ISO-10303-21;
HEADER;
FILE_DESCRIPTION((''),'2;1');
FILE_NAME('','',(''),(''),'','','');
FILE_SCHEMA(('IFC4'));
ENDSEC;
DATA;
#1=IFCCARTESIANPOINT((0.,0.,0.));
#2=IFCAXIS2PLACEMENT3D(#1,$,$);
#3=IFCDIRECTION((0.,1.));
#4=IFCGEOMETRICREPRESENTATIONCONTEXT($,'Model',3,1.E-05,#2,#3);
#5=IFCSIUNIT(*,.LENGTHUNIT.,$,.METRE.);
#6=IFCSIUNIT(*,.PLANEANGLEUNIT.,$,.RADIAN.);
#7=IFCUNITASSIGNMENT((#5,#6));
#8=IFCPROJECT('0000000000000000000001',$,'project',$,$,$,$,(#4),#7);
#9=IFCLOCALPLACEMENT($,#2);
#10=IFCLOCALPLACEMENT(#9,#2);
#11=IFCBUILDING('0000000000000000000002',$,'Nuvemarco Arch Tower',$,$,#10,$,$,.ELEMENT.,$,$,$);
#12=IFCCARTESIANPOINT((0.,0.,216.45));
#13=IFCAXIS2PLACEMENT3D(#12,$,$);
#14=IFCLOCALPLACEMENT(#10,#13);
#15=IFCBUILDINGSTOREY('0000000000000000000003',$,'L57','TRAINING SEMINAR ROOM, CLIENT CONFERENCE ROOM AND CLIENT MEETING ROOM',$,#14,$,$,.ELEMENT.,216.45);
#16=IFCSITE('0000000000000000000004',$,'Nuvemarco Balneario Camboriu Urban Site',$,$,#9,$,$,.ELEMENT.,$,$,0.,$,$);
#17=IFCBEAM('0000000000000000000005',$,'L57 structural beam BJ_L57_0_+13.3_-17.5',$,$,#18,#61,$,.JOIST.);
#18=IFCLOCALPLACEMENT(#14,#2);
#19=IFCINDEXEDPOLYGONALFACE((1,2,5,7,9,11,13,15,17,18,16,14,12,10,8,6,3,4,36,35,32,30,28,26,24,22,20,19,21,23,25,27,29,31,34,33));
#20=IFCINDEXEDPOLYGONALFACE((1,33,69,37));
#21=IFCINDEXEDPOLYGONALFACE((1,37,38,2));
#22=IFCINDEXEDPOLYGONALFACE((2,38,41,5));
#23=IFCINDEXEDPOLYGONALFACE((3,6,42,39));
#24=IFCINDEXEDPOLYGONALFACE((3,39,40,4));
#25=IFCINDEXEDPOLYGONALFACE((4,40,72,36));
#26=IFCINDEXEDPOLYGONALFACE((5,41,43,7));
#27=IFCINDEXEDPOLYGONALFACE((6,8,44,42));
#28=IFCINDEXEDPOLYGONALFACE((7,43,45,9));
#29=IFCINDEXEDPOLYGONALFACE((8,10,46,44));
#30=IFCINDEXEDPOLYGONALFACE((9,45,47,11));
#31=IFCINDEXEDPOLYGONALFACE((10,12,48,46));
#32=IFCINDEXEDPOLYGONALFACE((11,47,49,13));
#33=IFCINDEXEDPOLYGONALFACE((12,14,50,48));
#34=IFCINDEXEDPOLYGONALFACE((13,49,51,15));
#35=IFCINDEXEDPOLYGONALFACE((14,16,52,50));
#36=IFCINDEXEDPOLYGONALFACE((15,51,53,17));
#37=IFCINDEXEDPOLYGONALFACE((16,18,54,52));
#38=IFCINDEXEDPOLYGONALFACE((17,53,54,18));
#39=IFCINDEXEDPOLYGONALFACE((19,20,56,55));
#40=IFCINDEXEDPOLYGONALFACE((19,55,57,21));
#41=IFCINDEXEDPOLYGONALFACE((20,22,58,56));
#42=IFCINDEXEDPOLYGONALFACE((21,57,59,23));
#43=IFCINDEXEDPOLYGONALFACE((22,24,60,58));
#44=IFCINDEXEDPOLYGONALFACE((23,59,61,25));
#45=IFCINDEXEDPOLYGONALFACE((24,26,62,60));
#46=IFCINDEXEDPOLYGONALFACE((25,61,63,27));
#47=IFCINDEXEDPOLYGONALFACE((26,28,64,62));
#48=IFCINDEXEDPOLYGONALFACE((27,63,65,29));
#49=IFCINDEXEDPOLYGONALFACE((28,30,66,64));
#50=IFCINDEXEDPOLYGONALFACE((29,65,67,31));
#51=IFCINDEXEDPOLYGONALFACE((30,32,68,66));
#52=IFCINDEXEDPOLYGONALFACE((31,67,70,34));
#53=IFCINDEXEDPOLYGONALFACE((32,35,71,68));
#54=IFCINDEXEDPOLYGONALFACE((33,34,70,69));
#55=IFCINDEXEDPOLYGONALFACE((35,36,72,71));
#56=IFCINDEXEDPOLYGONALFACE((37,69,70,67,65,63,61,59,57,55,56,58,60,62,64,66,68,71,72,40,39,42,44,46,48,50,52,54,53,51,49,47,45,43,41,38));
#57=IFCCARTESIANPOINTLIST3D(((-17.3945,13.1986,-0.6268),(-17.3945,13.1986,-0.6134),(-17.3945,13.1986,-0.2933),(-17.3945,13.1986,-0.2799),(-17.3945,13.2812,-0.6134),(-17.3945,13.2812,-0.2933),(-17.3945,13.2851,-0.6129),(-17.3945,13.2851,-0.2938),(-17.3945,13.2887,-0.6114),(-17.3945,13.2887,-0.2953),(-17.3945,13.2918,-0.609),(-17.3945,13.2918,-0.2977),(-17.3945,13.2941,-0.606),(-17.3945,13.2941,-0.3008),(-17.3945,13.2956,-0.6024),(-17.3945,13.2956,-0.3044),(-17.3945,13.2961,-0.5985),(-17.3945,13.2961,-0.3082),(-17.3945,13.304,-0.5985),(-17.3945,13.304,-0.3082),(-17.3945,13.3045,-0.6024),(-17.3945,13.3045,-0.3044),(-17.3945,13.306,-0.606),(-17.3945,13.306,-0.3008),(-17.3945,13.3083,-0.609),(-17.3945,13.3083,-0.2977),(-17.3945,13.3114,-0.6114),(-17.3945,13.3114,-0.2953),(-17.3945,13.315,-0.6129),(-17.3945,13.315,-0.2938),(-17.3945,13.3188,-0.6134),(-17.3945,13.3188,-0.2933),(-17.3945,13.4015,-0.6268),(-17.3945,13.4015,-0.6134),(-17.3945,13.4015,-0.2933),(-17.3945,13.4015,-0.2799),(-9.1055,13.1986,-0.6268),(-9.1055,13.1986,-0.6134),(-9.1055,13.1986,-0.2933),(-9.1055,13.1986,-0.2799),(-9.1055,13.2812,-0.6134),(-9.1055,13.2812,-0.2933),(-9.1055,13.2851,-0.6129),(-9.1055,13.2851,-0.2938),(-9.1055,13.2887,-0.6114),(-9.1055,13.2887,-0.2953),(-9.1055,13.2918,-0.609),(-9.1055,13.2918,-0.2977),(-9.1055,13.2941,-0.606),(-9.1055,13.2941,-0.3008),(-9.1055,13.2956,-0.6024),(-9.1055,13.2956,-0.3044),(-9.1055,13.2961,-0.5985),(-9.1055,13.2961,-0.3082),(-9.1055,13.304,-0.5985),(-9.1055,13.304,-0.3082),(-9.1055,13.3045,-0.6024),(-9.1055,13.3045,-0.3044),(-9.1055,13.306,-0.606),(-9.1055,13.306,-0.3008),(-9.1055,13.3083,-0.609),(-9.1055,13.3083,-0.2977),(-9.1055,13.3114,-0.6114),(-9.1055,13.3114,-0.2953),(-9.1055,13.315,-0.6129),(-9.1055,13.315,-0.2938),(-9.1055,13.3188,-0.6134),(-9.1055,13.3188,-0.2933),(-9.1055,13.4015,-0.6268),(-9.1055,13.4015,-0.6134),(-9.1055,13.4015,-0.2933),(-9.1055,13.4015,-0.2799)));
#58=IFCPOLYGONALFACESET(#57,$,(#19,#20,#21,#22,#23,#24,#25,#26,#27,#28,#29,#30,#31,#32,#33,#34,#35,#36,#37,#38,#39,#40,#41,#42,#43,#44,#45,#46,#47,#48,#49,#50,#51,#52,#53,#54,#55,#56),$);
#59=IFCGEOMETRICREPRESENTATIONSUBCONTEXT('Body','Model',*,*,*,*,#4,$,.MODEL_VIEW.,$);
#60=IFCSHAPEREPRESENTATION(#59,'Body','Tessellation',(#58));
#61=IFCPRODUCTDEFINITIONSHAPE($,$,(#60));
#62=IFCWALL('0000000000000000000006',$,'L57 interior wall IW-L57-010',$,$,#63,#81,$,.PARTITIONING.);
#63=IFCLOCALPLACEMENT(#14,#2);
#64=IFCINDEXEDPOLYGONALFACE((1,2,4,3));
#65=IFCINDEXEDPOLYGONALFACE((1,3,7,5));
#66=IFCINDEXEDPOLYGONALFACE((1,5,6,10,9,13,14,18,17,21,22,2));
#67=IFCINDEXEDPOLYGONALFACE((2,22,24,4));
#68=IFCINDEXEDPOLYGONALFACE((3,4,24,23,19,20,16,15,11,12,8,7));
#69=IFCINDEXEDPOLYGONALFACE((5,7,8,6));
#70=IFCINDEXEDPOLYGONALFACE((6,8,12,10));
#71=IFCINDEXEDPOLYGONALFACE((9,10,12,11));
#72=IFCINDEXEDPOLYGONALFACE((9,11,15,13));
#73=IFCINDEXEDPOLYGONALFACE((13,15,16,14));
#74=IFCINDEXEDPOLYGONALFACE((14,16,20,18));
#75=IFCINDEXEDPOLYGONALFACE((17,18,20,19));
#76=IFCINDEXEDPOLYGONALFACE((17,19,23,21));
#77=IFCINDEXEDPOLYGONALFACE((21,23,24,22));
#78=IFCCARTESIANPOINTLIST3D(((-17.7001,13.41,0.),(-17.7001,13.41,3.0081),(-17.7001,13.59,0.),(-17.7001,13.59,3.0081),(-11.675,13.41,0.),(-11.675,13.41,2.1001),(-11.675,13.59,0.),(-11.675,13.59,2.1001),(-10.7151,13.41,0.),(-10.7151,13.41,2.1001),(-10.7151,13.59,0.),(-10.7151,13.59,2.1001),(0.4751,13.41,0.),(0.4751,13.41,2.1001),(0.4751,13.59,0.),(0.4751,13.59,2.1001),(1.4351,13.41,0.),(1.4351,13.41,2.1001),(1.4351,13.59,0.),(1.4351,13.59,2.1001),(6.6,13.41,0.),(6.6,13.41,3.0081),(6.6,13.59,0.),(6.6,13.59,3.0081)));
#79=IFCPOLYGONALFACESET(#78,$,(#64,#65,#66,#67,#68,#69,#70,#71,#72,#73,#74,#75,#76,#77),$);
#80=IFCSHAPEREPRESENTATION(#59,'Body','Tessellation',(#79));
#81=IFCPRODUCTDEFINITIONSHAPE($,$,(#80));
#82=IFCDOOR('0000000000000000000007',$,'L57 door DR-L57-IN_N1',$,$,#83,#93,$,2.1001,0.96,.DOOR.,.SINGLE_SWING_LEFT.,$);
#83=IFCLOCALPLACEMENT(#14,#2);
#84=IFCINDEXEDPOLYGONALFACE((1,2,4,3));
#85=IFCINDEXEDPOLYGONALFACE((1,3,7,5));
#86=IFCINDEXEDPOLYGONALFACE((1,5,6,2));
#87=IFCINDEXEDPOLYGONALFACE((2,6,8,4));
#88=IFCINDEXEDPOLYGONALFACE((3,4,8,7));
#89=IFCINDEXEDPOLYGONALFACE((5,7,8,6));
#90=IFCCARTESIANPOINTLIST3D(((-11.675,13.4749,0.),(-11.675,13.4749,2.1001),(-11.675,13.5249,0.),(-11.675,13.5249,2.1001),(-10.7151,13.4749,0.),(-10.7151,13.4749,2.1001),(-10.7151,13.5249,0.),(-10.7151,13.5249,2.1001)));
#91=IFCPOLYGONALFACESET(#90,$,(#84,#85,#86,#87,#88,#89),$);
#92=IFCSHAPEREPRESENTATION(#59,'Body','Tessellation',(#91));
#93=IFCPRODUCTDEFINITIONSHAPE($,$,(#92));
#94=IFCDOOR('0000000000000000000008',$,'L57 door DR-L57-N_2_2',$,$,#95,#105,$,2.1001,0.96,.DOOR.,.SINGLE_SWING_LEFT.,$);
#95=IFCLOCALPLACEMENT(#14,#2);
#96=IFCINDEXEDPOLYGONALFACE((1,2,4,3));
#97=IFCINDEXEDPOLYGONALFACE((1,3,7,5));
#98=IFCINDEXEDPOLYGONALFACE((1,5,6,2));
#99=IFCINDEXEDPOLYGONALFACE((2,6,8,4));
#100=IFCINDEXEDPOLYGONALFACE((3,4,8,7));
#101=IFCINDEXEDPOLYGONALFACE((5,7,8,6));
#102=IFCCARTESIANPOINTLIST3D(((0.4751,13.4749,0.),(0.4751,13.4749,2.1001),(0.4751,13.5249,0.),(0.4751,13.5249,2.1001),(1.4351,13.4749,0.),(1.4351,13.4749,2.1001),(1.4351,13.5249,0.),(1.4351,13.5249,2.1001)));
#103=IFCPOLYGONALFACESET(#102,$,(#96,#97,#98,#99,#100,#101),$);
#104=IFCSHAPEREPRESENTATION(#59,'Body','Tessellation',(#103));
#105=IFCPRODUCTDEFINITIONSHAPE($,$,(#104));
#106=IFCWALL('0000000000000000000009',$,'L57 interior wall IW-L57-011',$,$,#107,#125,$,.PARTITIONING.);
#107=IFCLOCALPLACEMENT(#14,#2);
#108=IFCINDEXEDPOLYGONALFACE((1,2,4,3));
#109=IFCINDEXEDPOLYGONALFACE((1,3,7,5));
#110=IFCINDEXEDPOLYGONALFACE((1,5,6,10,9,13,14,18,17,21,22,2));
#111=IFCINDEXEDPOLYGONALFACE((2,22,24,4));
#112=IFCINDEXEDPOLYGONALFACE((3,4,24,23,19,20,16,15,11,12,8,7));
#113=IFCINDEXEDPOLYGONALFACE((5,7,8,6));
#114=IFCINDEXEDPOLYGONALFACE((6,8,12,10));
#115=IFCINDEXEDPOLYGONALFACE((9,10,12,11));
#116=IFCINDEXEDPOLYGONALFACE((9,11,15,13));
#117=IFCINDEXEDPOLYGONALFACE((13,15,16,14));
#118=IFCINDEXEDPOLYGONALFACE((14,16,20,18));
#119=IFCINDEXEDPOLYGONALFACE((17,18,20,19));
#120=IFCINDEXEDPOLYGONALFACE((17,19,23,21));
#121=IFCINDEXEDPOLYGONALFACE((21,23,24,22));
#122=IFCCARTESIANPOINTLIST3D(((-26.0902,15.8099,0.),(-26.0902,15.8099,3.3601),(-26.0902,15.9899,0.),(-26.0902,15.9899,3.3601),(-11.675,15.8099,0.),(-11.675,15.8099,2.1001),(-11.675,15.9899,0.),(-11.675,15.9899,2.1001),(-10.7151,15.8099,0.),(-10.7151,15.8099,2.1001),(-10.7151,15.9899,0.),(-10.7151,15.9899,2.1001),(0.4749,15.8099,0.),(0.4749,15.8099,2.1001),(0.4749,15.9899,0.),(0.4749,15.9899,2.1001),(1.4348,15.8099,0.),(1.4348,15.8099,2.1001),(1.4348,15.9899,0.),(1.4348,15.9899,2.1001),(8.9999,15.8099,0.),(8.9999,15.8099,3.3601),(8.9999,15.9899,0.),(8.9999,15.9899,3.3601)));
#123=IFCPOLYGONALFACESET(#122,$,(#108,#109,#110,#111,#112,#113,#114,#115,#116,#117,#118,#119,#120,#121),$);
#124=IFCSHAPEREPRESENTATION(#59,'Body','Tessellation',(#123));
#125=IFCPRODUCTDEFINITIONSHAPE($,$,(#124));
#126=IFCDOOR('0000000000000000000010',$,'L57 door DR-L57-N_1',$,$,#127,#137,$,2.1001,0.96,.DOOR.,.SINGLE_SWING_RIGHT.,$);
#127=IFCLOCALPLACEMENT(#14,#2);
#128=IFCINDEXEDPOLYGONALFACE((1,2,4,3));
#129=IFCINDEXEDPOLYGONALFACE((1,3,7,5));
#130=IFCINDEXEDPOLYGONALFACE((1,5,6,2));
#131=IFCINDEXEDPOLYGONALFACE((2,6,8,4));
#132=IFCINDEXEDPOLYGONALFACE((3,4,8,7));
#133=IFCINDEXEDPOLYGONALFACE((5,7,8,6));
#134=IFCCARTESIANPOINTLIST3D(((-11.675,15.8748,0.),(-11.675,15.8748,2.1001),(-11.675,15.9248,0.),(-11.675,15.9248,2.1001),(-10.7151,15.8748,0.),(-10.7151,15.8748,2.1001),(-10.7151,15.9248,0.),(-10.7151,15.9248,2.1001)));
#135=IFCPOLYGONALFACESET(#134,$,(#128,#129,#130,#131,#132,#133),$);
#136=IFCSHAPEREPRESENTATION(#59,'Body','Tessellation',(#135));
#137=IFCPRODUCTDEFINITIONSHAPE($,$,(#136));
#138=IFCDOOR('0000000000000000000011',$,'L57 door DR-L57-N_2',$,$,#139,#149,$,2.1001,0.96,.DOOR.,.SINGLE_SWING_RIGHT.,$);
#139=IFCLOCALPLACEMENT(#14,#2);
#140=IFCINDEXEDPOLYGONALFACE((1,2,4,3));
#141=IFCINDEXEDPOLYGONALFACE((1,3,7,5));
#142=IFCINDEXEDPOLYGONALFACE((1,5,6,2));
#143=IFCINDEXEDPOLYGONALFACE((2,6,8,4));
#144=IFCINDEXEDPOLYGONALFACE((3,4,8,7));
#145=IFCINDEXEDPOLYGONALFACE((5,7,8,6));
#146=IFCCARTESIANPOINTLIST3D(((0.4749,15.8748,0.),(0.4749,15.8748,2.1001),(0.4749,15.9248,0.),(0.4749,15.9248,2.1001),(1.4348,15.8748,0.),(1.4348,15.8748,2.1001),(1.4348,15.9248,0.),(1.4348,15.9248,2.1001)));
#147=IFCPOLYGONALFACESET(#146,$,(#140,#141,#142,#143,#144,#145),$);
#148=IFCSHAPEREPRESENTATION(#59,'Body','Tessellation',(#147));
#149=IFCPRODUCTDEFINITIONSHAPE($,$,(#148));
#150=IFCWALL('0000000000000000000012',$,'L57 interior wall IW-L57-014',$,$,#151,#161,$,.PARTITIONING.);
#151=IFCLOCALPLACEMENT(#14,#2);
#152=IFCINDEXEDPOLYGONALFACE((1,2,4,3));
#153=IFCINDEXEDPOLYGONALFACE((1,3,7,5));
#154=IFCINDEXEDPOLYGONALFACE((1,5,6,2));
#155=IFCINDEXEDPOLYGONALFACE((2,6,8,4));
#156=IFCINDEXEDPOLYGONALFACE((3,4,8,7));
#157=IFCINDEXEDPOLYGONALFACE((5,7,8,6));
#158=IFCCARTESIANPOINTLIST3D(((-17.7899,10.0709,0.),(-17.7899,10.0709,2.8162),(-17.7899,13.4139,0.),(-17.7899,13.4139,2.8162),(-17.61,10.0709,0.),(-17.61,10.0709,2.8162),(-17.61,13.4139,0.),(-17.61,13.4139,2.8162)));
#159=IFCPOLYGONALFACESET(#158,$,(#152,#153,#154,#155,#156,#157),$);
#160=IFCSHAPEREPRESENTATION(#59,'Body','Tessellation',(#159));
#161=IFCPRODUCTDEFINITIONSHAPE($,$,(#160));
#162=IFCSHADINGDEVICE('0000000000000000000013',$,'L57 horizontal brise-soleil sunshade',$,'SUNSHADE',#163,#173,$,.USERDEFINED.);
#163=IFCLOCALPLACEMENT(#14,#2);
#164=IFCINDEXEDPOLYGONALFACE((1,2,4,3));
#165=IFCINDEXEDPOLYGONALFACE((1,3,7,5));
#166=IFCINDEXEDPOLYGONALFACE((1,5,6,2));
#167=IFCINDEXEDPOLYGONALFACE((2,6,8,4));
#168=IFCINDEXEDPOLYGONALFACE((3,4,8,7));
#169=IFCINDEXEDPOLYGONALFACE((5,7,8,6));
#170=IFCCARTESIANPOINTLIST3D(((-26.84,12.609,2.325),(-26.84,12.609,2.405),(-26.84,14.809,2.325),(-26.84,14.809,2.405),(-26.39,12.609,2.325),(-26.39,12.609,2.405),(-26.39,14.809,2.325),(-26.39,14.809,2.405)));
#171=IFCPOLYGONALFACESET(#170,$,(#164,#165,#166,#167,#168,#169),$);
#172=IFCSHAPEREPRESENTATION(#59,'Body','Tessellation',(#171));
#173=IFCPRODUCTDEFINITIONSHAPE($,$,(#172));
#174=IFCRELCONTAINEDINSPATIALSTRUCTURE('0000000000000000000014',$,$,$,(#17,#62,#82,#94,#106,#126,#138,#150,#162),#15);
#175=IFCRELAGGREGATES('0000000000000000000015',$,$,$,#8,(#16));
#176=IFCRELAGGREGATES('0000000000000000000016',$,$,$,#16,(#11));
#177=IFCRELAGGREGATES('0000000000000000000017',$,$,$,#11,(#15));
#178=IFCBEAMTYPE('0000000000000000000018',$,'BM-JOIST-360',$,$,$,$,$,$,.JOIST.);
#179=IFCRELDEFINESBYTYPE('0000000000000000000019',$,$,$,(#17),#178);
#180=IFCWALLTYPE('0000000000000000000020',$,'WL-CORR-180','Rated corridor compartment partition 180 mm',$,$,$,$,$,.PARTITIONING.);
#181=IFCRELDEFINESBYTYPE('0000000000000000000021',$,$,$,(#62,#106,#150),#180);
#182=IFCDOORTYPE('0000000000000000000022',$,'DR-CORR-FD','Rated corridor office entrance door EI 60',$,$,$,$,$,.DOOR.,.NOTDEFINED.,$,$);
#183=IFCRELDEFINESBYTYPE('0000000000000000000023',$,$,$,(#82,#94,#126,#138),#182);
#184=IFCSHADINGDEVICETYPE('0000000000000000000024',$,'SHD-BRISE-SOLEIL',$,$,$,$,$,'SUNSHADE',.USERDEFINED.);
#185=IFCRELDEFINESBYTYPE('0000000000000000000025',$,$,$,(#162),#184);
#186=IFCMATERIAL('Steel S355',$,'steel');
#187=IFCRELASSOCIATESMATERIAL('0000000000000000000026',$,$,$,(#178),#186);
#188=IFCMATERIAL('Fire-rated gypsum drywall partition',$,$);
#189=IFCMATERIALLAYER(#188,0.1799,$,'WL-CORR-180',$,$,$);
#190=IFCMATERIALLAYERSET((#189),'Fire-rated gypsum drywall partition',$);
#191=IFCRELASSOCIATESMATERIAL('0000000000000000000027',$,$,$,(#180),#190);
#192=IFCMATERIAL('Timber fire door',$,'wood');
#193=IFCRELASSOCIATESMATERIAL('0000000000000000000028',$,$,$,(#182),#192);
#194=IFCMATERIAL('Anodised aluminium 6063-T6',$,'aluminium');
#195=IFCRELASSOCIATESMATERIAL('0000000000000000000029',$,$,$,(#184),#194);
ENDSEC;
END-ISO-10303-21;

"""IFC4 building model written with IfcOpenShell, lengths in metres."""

from ifc_helpers import new_model, si_unit, direction, frame, frame_2d, origin, origin_2d, place, context, subcontext, project, spatial, rectangle, i_section, extrude, source, transform, mapped, material, layer, layer_set, material_profile, profile_set, type_object, type_shapes, element, fill, save


model = new_model("IFC4")

# Units and contexts
model_context = context("Model", 3, precision=1e-05, world=origin(), true_north=direction((0.0, 1.0)))
body_context = subcontext(model_context, "Body", "Model", "MODEL_VIEW")
ifc_project = project(units=[si_unit("LENGTHUNIT", "METRE"), si_unit("PLANEANGLEUNIT", "RADIAN")], contexts=[model_context])

# Site, building, storey
site_placement = place(None, origin())
site = spatial("IfcSite", under=ifc_project, at=site_placement, Name="Nuvemarco Balneario Camboriu Urban Site", CompositionType="ELEMENT", RefElevation=0.0)
building_placement = place(site_placement, origin())
building = spatial("IfcBuilding", under=site, at=building_placement, Name="Nuvemarco Arch Tower", CompositionType="ELEMENT")
storey_placement = place(building_placement, frame((0.0, 0.0, 216.45)))
storey = spatial("IfcBuildingStorey", under=building, at=storey_placement, Name="L57", Description="TRAINING SEMINAR ROOM, CLIENT CONFERENCE ROOM AND CLIENT MEETING ROOM", CompositionType="ELEMENT", Elevation=216.45)

# Shared definitions
ifc_material_1 = material(Name="Steel S355", Category="steel")

# Beam
ifc_material_profile_1 = material_profile(ifc_material_1, i_section(OverallWidth=0.2029, OverallDepth=0.3469, WebThickness=0.0078, FlangeThickness=0.0134, FilletRadius=0.0149, at=origin_2d()), Name="W360x64")
ifc_profile_set_1 = profile_set([ifc_material_profile_1], Name="Steel S355")
beam_type_1 = type_object("IfcBeamType", Name="BM-JOIST-360", PredefinedType="JOIST", material=ifc_profile_set_1)
beam_1_placement = place(storey_placement, frame((-17.3945, 13.3, -0.4534), z_axis=(1.0, 0.0, 0.0), x_axis=(0.0, 1.0, 0.0)))
element("IfcBeam", 1, at=beam_1_placement, inside=storey, type_object=beam_type_1, Name="L57 structural beam BJ_L57_0_+13.3_-17.5", PredefinedType="JOIST", context=body_context, shape_type="SweptSolid", body=[
    extrude(i_section(OverallWidth=0.2029, OverallDepth=0.3469, WebThickness=0.0078, FlangeThickness=0.0134, FilletRadius=0.0149, at=origin_2d()), origin(), (0.0, 0.0, 1.0), 8.2891),
])

# Walls, openings, doors
ifc_material_2 = material(Name="Fire-rated gypsum drywall partition")
ifc_layer = layer(ifc_material_2, 0.1799, Name="WL-CORR-180")
ifc_layer_set = layer_set([ifc_layer], Name="Fire-rated gypsum drywall partition")
wall_type = type_object("IfcWallType", Name="WL-CORR-180", Description="Rated corridor compartment partition 180 mm", PredefinedType="PARTITIONING", material=ifc_layer_set)
wall_1_placement = place(storey_placement, frame((-17.7, 13.5, 0.0), z_axis=(0.0, 0.0, 1.0), x_axis=(1.0, 0.0, 0.0)))
wall_1 = element("IfcWall", 2, at=wall_1_placement, inside=storey, type_object=wall_type, Name="L57 interior wall IW-L57-010", PredefinedType="PARTITIONING", context=body_context, shape_type="SweptSolid", body=[
    extrude(rectangle(XDim=24.3, YDim=0.1799, at=frame_2d((12.1499, 0.0))), origin(), (0.0, 0.0, 1.0), 3.0081),
])
opening_1_placement = place(wall_1_placement, frame((6.0249, 0.0, 0.0)))
opening_1 = element("IfcOpeningElement", 3, at=opening_1_placement, cuts=wall_1, PredefinedType="OPENING", context=body_context, shape_type="SweptSolid", body=[
    extrude(rectangle(XDim=0.96, YDim=2.1001, at=frame_2d((0.48, 1.05))), frame((0.0, 0.0999, 0.0), z_axis=(0.0, -1.0, 0.0), x_axis=(1.0, 0.0, 0.0)), (0.0, 0.0, 1.0), 0.2),
])
opening_2_placement = place(wall_1_placement, frame((18.175, 0.0, 0.0)))
opening_2 = element("IfcOpeningElement", 4, at=opening_2_placement, cuts=wall_1, PredefinedType="OPENING", context=body_context, shape_type="SweptSolid", body=[
    extrude(rectangle(XDim=0.96, YDim=2.1001, at=frame_2d((0.48, 1.05))), frame((0.0, 0.0999, 0.0), z_axis=(0.0, -1.0, 0.0), x_axis=(1.0, 0.0, 0.0)), (0.0, 0.0, 1.0), 0.2),
])
ifc_material_3 = material(Name="Timber fire door", Category="wood")
door_type = type_object("IfcDoorType", Name="DR-CORR-FD", Description="Rated corridor office entrance door EI 60", OperationType="NOTDEFINED", PredefinedType="DOOR", material=ifc_material_3)
shared_shape_1 = source(origin(), body_context, "Body", "SweptSolid", [
    extrude(rectangle(XDim=0.96, YDim=2.1001, at=frame_2d((0.48, 1.05))), frame((0.0, 0.0249, 0.0), z_axis=(0.0, -1.0, 0.0), x_axis=(1.0, 0.0, 0.0)), (0.0, 0.0, 1.0), 0.05),
])
type_shapes(door_type, [shared_shape_1])
door_1_placement = place(opening_1_placement, origin())
door_1 = element("IfcDoor", 5, at=door_1_placement, inside=storey, type_object=door_type, Name="L57 door DR-L57-IN_N1", OperationType="SINGLE_SWING_LEFT", OverallHeight=2.1001, OverallWidth=0.96, PredefinedType="DOOR", context=body_context, shape_type="MappedRepresentation", body=[
    mapped(shared_shape_1, transform((0.0, 0.0, 0.0), scale=1.0)),
])
fill(opening_1, door_1)
door_2_placement = place(opening_2_placement, origin())
door_2 = element("IfcDoor", 6, at=door_2_placement, inside=storey, type_object=door_type, Name="L57 door DR-L57-N_2_2", OperationType="SINGLE_SWING_LEFT", OverallHeight=2.1001, OverallWidth=0.96, PredefinedType="DOOR", context=body_context, shape_type="MappedRepresentation", body=[
    mapped(shared_shape_1, transform((0.0, 0.0, 0.0), scale=1.0)),
])
fill(opening_2, door_2)
wall_2_placement = place(storey_placement, frame((-26.0901, 15.8999, 0.0), z_axis=(0.0, 0.0, 1.0), x_axis=(1.0, 0.0, 0.0)))
wall_2 = element("IfcWall", 7, at=wall_2_placement, inside=storey, type_object=wall_type, Name="L57 interior wall IW-L57-011", PredefinedType="PARTITIONING", context=body_context, shape_type="SweptSolid", body=[
    extrude(rectangle(XDim=35.0901, YDim=0.1799, at=frame_2d((17.5449, 0.0))), origin(), (0.0, 0.0, 1.0), 3.3601),
])
opening_3_placement = place(wall_2_placement, frame((14.415, 0.0, 0.0)))
opening_3 = element("IfcOpeningElement", 8, at=opening_3_placement, cuts=wall_2, PredefinedType="OPENING", context=body_context, shape_type="SweptSolid", body=[
    extrude(rectangle(XDim=0.96, YDim=2.1001, at=frame_2d((0.48, 1.05))), frame((0.0, 0.0999, 0.0), z_axis=(0.0, -1.0, 0.0), x_axis=(1.0, 0.0, 0.0)), (0.0, 0.0, 1.0), 0.2),
])
opening_4_placement = place(wall_2_placement, frame((26.5649, 0.0, 0.0)))
opening_4 = element("IfcOpeningElement", 9, at=opening_4_placement, cuts=wall_2, PredefinedType="OPENING", context=body_context, shape_type="SweptSolid", body=[
    extrude(rectangle(XDim=0.96, YDim=2.1001, at=frame_2d((0.48, 1.05))), frame((0.0, 0.0999, 0.0), z_axis=(0.0, -1.0, 0.0), x_axis=(1.0, 0.0, 0.0)), (0.0, 0.0, 1.0), 0.2),
])
door_3_placement = place(opening_3_placement, origin())
door_3 = element("IfcDoor", 10, at=door_3_placement, inside=storey, type_object=door_type, Name="L57 door DR-L57-N_1", OperationType="SINGLE_SWING_RIGHT", OverallHeight=2.1001, OverallWidth=0.96, PredefinedType="DOOR", context=body_context, shape_type="MappedRepresentation", body=[
    mapped(shared_shape_1, transform((0.0, 0.0, 0.0), scale=1.0)),
])
fill(opening_3, door_3)
door_4_placement = place(opening_4_placement, origin())
door_4 = element("IfcDoor", 11, at=door_4_placement, inside=storey, type_object=door_type, Name="L57 door DR-L57-N_2", OperationType="SINGLE_SWING_RIGHT", OverallHeight=2.1001, OverallWidth=0.96, PredefinedType="DOOR", context=body_context, shape_type="MappedRepresentation", body=[
    mapped(shared_shape_1, transform((0.0, 0.0, 0.0), scale=1.0)),
])
fill(opening_4, door_4)

# Wall
wall_3_placement = place(storey_placement, frame((-17.7, 10.071, 0.0), z_axis=(0.0, 0.0, 1.0), x_axis=(0.0, 1.0, 0.0)))
element("IfcWall", 12, at=wall_3_placement, inside=storey, type_object=wall_type, Name="L57 interior wall IW-L57-014", PredefinedType="PARTITIONING", context=body_context, shape_type="SweptSolid", body=[
    extrude(rectangle(XDim=3.343, YDim=0.1799, at=frame_2d((1.6714, 0.0))), origin(), (0.0, 0.0, 1.0), 2.8162),
])

# Shading device
ifc_material_4 = material(Name="Anodised aluminium 6063-T6", Category="aluminium")
shading_device_type = type_object("IfcShadingDeviceType", Name="SHD-BRISE-SOLEIL", ElementType="SUNSHADE", PredefinedType="USERDEFINED", material=ifc_material_4)
shared_shape_2 = source(origin(), body_context, "Body", "SweptSolid", [
    extrude(rectangle(XDim=2.2, YDim=0.45, at=origin_2d()), origin(), (0.0, 0.0, 1.0), 0.0801),
])
type_shapes(shading_device_type, [shared_shape_2])
shading_device_placement = place(storey_placement, frame((-26.615, 13.709, 2.325), z_axis=(0.0, 0.0, 1.0), x_axis=(0.0, 1.0, 0.0)))
element("IfcShadingDevice", 13, at=shading_device_placement, inside=storey, type_object=shading_device_type, Name="L57 horizontal brise-soleil sunshade", ObjectType="SUNSHADE", PredefinedType="USERDEFINED", context=body_context, shape_type="MappedRepresentation", body=[
    mapped(shared_shape_2, transform((0.0, 0.0, 0.0), scale=1.0)),
])

save(model, "model.ifc")
